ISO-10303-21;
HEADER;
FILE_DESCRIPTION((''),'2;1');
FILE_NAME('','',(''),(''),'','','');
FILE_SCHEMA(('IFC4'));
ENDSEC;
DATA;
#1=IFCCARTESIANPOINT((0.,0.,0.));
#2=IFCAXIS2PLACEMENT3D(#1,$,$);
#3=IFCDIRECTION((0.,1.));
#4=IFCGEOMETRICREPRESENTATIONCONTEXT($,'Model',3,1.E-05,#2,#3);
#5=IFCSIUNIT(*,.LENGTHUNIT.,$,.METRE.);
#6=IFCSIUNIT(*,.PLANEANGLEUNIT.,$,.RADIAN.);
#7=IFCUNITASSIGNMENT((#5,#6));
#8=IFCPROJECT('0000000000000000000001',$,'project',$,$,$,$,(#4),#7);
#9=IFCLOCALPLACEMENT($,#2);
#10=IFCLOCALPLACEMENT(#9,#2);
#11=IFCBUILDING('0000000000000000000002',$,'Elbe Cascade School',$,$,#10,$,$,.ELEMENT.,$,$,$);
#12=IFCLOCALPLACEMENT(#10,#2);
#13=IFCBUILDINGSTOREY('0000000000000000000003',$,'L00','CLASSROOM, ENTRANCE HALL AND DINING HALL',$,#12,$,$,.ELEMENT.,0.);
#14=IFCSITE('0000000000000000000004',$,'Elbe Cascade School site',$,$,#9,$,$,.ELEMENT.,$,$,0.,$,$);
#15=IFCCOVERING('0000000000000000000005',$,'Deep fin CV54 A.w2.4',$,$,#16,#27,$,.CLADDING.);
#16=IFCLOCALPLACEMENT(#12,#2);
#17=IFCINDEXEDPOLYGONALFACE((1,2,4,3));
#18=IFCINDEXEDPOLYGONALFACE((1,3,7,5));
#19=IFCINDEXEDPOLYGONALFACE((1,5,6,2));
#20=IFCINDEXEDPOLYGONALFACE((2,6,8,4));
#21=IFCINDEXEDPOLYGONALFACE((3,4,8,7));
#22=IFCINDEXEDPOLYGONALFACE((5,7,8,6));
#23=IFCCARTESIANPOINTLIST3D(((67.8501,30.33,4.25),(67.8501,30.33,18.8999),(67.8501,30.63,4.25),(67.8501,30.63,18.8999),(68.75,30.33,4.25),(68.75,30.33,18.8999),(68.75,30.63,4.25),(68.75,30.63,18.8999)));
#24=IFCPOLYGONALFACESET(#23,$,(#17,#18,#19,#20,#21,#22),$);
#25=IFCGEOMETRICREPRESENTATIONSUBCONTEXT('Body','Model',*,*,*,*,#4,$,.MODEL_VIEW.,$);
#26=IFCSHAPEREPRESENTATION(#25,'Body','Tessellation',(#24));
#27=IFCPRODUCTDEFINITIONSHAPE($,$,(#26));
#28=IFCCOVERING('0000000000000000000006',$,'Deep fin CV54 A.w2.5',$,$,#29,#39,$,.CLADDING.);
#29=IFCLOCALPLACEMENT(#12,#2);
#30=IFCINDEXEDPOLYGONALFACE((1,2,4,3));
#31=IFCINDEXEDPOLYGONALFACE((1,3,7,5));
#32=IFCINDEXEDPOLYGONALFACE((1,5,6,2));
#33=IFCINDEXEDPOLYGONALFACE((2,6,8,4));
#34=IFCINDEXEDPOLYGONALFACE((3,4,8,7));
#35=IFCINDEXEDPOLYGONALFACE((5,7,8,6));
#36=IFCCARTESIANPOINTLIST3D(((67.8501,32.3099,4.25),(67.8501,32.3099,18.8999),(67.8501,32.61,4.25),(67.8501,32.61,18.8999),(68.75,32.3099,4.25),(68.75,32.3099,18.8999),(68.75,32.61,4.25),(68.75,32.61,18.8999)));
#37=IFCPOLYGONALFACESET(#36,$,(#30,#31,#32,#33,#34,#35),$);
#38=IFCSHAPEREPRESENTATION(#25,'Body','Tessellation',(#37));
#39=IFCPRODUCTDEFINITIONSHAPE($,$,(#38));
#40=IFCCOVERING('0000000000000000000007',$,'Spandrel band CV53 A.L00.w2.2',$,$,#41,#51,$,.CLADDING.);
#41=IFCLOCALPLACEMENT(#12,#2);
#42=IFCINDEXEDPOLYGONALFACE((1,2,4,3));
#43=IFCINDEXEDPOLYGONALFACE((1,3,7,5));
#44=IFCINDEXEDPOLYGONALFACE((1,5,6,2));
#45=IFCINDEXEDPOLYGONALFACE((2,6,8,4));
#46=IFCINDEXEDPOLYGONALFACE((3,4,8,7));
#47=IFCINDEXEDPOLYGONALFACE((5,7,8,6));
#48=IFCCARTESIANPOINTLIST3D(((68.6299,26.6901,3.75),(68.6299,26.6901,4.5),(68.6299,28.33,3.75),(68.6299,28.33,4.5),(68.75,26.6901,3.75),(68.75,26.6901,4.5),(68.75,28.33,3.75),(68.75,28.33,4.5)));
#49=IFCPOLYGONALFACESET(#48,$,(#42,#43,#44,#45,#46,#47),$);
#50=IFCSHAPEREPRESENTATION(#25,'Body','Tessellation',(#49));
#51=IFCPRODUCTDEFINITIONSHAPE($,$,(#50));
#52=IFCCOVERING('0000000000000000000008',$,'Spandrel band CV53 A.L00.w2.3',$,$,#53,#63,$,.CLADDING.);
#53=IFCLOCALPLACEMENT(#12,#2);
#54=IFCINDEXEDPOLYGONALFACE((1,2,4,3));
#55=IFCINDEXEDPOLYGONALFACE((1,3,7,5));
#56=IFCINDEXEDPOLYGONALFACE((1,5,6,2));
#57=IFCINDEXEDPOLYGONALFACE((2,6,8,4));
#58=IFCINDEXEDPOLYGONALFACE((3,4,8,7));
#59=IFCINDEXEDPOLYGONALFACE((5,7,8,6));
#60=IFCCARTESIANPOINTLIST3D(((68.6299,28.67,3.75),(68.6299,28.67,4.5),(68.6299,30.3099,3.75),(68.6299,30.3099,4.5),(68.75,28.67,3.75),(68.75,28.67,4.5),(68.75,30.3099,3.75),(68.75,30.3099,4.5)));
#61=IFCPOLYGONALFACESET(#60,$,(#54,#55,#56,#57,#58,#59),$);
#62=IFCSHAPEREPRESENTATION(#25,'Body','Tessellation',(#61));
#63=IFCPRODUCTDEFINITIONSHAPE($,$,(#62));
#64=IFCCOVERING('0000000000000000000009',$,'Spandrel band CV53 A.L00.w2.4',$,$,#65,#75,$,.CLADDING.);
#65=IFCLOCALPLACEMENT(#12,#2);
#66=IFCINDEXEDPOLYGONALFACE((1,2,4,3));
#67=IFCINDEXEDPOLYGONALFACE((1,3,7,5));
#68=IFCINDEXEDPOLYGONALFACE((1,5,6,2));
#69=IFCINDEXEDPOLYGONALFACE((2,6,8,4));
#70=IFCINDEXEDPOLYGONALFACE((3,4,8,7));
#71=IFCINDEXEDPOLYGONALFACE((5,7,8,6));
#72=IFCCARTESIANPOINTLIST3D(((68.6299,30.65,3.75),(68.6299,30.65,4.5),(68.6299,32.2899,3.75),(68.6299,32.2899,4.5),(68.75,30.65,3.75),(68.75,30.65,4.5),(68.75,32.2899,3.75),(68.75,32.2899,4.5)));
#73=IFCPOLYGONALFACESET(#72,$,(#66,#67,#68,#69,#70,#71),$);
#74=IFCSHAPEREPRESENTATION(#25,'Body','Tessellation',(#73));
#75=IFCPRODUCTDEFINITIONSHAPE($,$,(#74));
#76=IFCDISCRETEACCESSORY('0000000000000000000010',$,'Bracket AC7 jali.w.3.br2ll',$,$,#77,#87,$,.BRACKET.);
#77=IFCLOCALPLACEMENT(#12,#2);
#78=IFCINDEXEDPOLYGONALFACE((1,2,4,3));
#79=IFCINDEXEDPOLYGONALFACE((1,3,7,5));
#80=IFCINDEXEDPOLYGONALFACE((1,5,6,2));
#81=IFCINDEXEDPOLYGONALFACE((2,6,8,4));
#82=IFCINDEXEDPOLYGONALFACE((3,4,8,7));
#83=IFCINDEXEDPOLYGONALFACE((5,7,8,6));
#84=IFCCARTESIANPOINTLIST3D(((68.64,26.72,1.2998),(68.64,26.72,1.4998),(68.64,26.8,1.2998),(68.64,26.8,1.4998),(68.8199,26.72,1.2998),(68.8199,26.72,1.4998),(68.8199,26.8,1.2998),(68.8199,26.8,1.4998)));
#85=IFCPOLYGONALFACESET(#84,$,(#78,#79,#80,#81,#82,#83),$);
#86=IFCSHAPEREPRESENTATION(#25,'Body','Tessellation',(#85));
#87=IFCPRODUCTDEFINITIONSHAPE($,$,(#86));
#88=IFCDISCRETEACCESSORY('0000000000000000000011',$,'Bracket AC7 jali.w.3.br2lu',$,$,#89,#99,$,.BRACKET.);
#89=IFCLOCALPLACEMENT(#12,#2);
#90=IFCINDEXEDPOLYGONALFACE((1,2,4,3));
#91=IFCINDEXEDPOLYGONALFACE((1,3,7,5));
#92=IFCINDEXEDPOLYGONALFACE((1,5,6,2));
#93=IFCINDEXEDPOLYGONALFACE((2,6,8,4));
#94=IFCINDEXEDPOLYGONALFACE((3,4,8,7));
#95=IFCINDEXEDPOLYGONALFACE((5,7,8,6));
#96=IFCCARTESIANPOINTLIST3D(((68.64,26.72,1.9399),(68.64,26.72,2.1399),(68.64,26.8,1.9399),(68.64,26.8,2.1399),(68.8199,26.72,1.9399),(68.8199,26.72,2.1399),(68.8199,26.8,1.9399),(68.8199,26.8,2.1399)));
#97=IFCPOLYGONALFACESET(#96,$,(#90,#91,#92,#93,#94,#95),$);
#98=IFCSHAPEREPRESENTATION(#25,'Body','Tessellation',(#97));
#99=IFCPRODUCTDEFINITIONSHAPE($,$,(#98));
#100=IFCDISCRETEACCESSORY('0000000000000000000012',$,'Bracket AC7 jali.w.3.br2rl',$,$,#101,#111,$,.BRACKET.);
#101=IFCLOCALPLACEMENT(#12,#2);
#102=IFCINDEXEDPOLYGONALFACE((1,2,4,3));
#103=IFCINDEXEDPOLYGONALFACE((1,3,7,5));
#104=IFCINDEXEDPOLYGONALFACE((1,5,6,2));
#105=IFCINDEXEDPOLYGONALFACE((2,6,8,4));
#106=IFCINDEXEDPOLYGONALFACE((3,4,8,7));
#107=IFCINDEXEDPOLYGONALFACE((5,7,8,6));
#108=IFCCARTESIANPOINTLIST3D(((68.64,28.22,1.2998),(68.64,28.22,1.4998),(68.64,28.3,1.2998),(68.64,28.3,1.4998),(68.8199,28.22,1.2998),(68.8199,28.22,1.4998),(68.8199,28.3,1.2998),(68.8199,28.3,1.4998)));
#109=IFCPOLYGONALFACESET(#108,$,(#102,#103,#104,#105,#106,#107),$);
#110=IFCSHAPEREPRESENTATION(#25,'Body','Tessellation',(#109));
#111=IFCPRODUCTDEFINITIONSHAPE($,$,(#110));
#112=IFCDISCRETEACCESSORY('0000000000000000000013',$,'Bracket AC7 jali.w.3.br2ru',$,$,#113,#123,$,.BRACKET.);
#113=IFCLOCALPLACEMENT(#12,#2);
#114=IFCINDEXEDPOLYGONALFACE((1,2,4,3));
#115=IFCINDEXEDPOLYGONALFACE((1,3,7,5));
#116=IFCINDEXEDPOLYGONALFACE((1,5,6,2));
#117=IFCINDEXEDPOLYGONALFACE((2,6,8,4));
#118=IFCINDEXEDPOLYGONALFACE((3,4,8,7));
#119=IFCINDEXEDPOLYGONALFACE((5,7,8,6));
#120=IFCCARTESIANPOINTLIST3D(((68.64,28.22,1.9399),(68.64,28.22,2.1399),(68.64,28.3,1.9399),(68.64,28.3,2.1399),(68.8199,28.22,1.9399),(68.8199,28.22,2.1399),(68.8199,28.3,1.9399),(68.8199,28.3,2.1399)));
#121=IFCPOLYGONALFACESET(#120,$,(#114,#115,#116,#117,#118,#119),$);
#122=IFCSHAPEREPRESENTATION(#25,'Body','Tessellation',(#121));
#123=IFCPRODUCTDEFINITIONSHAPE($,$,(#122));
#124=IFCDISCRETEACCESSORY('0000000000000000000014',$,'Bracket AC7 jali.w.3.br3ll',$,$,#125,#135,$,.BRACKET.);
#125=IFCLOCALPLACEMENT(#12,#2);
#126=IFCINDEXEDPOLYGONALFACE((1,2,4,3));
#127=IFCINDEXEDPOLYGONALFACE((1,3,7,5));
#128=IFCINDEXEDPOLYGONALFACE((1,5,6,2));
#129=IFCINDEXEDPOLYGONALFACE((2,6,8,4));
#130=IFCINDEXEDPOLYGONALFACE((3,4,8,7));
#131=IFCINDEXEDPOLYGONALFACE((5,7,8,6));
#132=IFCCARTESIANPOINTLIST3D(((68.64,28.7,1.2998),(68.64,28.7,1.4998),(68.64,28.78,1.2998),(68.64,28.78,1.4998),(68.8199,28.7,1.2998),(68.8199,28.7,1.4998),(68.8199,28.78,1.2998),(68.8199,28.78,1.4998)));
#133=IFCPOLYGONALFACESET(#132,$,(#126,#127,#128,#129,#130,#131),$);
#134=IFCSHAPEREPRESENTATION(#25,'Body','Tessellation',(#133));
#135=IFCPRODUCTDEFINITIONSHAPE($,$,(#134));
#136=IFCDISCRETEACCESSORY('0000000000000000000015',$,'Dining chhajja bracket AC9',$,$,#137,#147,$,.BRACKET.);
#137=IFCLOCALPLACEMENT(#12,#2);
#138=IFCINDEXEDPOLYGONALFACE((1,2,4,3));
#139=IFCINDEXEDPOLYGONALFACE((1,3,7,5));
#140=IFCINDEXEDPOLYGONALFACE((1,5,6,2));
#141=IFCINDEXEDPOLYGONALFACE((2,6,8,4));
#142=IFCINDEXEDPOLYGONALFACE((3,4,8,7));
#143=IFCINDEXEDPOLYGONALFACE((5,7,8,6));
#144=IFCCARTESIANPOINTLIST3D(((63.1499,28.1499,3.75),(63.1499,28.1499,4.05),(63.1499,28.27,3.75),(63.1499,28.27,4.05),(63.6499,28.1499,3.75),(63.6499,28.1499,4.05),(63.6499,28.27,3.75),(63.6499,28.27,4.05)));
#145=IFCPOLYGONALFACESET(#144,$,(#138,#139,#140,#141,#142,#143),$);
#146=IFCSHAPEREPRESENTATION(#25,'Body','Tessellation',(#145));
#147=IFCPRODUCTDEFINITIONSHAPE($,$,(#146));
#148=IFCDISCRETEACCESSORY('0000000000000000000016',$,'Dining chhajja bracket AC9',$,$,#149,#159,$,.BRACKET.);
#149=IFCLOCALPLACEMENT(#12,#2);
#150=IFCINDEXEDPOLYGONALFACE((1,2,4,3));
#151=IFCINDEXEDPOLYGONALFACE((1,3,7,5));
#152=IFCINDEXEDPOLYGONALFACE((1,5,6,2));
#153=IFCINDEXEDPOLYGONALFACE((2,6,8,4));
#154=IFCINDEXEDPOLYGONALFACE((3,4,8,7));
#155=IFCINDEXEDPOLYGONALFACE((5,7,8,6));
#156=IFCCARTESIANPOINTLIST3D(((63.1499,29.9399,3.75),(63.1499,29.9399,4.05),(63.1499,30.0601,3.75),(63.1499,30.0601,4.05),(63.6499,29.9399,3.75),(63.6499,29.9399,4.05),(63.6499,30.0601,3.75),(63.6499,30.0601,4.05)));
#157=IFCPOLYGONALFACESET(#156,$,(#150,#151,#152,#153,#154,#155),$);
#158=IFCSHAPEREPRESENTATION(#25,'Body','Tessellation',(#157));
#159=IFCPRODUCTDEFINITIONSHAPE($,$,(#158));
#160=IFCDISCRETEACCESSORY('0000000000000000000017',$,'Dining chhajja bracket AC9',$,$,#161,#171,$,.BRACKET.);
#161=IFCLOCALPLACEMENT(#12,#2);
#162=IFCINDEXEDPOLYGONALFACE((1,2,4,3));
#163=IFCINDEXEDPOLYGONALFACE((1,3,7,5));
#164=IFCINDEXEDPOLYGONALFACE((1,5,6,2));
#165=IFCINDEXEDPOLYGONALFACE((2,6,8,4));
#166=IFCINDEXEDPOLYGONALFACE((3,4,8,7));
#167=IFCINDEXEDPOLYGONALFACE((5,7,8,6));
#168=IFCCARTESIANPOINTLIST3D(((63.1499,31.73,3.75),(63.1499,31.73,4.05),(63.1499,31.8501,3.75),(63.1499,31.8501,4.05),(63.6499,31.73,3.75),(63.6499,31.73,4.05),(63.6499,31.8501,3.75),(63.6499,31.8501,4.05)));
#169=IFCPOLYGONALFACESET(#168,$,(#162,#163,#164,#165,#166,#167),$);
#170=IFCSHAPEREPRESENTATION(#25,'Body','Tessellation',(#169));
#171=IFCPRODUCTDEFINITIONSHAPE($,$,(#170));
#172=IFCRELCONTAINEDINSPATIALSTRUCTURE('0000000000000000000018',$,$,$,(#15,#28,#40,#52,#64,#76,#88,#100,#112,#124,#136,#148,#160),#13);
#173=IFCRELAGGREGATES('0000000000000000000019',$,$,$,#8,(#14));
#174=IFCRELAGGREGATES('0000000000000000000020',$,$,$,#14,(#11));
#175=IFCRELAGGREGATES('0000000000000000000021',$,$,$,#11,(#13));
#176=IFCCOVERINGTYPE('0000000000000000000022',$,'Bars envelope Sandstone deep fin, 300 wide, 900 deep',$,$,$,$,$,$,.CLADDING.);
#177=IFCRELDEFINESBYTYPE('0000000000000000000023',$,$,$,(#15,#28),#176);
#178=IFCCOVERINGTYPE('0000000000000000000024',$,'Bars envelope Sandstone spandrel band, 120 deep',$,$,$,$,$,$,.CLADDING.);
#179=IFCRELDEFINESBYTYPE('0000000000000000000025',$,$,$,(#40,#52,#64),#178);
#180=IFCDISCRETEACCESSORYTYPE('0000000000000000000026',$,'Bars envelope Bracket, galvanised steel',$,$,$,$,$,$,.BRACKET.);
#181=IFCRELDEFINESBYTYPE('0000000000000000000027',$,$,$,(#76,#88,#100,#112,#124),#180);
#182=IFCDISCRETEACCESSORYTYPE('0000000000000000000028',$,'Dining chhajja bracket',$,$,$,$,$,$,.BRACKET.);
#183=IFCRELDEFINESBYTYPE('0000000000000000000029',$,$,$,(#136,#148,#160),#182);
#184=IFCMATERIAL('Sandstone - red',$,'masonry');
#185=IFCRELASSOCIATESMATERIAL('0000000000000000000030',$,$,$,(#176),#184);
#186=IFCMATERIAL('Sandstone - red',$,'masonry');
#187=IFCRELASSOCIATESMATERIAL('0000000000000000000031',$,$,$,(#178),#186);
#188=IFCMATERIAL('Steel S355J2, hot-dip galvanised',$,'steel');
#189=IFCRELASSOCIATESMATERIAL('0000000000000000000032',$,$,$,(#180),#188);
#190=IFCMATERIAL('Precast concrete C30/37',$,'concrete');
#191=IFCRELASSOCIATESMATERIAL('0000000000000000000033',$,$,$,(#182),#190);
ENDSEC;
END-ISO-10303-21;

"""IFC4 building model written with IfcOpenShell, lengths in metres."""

from ifc_helpers import new_model, si_unit, direction, frame, origin, origin_2d, place, context, subcontext, project, spatial, rectangle, extrude, material, type_object, element, save


model = new_model("IFC4")

# Units and contexts
model_context = context("Model", 3, precision=1e-05, world=origin(), true_north=direction((0.0, 1.0)))
body_context = subcontext(model_context, "Body", "Model", "MODEL_VIEW")
ifc_project = project(units=[si_unit("LENGTHUNIT", "METRE"), si_unit("PLANEANGLEUNIT", "RADIAN")], contexts=[model_context])

# Site, building, storey
site_placement = place(None, origin())
site = spatial("IfcSite", under=ifc_project, at=site_placement, Name="Elbe Cascade School site", CompositionType="ELEMENT", RefElevation=0.0)
building_placement = place(site_placement, origin())
building = spatial("IfcBuilding", under=site, at=building_placement, Name="Elbe Cascade School", CompositionType="ELEMENT")
storey_placement = place(building_placement, origin())
storey = spatial("IfcBuildingStorey", under=building, at=storey_placement, Name="L00", Description="CLASSROOM, ENTRANCE HALL AND DINING HALL", CompositionType="ELEMENT", Elevation=0.0)

# Coverings
ifc_material_1 = material(Name="Sandstone - red", Category="masonry")
covering_type_1 = type_object("IfcCoveringType", Name="Bars envelope Sandstone deep fin, 300 wide, 900 deep", PredefinedType="CLADDING", material=ifc_material_1)
for number, where, z_axis, x_axis, name in (
    (1, (68.3, 30.48, 4.25), (0.0, 0.0, 1.0), (0.0, 1.0, 0.0), "Deep fin CV54 A.w2.4"),
    (2, (68.3, 32.46, 4.25), (0.0, 0.0, 1.0), (0.0, 1.0, 0.0), "Deep fin CV54 A.w2.5"),
):
    element("IfcCovering", number, at=place(storey_placement, frame(where, z_axis=z_axis, x_axis=x_axis)), inside=storey, type_object=covering_type_1, Name=name, PredefinedType="CLADDING", context=body_context, shape_type="SweptSolid", body=[
        extrude(rectangle(XDim=0.3, YDim=0.8999, at=origin_2d()), origin(), (0.0, 0.0, 1.0), 14.6499),
    ])
ifc_material_2 = material(Name="Sandstone - red", Category="masonry")
covering_type_2 = type_object("IfcCoveringType", Name="Bars envelope Sandstone spandrel band, 120 deep", PredefinedType="CLADDING", material=ifc_material_2)
for number, where, z_axis, x_axis, name in (
    (3, (68.6899, 27.51, 3.75), (0.0, 0.0, 1.0), (0.0, 1.0, 0.0), "Spandrel band CV53 A.L00.w2.2"),
    (4, (68.6899, 29.49, 3.75), (0.0, 0.0, 1.0), (0.0, 1.0, 0.0), "Spandrel band CV53 A.L00.w2.3"),
    (5, (68.6899, 31.47, 3.75), (0.0, 0.0, 1.0), (0.0, 1.0, 0.0), "Spandrel band CV53 A.L00.w2.4"),
):
    element("IfcCovering", number, at=place(storey_placement, frame(where, z_axis=z_axis, x_axis=x_axis)), inside=storey, type_object=covering_type_2, Name=name, PredefinedType="CLADDING", context=body_context, shape_type="SweptSolid", body=[
        extrude(rectangle(XDim=1.6399, YDim=0.1201, at=origin_2d()), origin(), (0.0, 0.0, 1.0), 0.75),
    ])

# Discrete accessories
ifc_material_3 = material(Name="Steel S355J2, hot-dip galvanised", Category="steel")
discrete_accessory_type_1 = type_object("IfcDiscreteAccessoryType", Name="Bars envelope Bracket, galvanised steel", PredefinedType="BRACKET", material=ifc_material_3)
for number, where, z_axis, x_axis, name in (
    (6, (68.73, 26.76, 1.2998), (0.0, 0.0, 1.0), (0.0, 1.0, 0.0), "Bracket AC7 jali.w.3.br2ll"),
    (7, (68.73, 26.76, 1.9399), (0.0, 0.0, 1.0), (0.0, 1.0, 0.0), "Bracket AC7 jali.w.3.br2lu"),
    (8, (68.73, 28.26, 1.2998), (0.0, 0.0, 1.0), (0.0, 1.0, 0.0), "Bracket AC7 jali.w.3.br2rl"),
    (9, (68.73, 28.26, 1.9399), (0.0, 0.0, 1.0), (0.0, 1.0, 0.0), "Bracket AC7 jali.w.3.br2ru"),
    (10, (68.73, 28.74, 1.2998), (0.0, 0.0, 1.0), (0.0, 1.0, 0.0), "Bracket AC7 jali.w.3.br3ll"),
):
    element("IfcDiscreteAccessory", number, at=place(storey_placement, frame(where, z_axis=z_axis, x_axis=x_axis)), inside=storey, type_object=discrete_accessory_type_1, Name=name, PredefinedType="BRACKET", context=body_context, shape_type="SweptSolid", body=[
        extrude(rectangle(XDim=0.0801, YDim=0.1799, at=origin_2d()), origin(), (0.0, 0.0, 1.0), 0.2),
    ])
ifc_material_4 = material(Name="Precast concrete C30/37", Category="concrete")
discrete_accessory_type_2 = type_object("IfcDiscreteAccessoryType", Name="Dining chhajja bracket", PredefinedType="BRACKET", material=ifc_material_4)
for number, where, z_axis, x_axis, name in (
    (11, (63.3999, 28.21, 3.75), (0.0, 0.0, 1.0), (1.0, 0.0, 0.0), "Dining chhajja bracket AC9"),
    (12, (63.3999, 30.0, 3.75), (0.0, 0.0, 1.0), (1.0, 0.0, 0.0), "Dining chhajja bracket AC9"),
    (13, (63.3999, 31.79, 3.75), (0.0, 0.0, 1.0), (1.0, 0.0, 0.0), "Dining chhajja bracket AC9"),
):
    element("IfcDiscreteAccessory", number, at=place(storey_placement, frame(where, z_axis=z_axis, x_axis=x_axis)), inside=storey, type_object=discrete_accessory_type_2, Name=name, PredefinedType="BRACKET", context=body_context, shape_type="SweptSolid", body=[
        extrude(rectangle(XDim=0.5, YDim=0.1201, at=origin_2d()), origin(), (0.0, 0.0, 1.0), 0.3),
    ])

save(model, "model.ifc")
